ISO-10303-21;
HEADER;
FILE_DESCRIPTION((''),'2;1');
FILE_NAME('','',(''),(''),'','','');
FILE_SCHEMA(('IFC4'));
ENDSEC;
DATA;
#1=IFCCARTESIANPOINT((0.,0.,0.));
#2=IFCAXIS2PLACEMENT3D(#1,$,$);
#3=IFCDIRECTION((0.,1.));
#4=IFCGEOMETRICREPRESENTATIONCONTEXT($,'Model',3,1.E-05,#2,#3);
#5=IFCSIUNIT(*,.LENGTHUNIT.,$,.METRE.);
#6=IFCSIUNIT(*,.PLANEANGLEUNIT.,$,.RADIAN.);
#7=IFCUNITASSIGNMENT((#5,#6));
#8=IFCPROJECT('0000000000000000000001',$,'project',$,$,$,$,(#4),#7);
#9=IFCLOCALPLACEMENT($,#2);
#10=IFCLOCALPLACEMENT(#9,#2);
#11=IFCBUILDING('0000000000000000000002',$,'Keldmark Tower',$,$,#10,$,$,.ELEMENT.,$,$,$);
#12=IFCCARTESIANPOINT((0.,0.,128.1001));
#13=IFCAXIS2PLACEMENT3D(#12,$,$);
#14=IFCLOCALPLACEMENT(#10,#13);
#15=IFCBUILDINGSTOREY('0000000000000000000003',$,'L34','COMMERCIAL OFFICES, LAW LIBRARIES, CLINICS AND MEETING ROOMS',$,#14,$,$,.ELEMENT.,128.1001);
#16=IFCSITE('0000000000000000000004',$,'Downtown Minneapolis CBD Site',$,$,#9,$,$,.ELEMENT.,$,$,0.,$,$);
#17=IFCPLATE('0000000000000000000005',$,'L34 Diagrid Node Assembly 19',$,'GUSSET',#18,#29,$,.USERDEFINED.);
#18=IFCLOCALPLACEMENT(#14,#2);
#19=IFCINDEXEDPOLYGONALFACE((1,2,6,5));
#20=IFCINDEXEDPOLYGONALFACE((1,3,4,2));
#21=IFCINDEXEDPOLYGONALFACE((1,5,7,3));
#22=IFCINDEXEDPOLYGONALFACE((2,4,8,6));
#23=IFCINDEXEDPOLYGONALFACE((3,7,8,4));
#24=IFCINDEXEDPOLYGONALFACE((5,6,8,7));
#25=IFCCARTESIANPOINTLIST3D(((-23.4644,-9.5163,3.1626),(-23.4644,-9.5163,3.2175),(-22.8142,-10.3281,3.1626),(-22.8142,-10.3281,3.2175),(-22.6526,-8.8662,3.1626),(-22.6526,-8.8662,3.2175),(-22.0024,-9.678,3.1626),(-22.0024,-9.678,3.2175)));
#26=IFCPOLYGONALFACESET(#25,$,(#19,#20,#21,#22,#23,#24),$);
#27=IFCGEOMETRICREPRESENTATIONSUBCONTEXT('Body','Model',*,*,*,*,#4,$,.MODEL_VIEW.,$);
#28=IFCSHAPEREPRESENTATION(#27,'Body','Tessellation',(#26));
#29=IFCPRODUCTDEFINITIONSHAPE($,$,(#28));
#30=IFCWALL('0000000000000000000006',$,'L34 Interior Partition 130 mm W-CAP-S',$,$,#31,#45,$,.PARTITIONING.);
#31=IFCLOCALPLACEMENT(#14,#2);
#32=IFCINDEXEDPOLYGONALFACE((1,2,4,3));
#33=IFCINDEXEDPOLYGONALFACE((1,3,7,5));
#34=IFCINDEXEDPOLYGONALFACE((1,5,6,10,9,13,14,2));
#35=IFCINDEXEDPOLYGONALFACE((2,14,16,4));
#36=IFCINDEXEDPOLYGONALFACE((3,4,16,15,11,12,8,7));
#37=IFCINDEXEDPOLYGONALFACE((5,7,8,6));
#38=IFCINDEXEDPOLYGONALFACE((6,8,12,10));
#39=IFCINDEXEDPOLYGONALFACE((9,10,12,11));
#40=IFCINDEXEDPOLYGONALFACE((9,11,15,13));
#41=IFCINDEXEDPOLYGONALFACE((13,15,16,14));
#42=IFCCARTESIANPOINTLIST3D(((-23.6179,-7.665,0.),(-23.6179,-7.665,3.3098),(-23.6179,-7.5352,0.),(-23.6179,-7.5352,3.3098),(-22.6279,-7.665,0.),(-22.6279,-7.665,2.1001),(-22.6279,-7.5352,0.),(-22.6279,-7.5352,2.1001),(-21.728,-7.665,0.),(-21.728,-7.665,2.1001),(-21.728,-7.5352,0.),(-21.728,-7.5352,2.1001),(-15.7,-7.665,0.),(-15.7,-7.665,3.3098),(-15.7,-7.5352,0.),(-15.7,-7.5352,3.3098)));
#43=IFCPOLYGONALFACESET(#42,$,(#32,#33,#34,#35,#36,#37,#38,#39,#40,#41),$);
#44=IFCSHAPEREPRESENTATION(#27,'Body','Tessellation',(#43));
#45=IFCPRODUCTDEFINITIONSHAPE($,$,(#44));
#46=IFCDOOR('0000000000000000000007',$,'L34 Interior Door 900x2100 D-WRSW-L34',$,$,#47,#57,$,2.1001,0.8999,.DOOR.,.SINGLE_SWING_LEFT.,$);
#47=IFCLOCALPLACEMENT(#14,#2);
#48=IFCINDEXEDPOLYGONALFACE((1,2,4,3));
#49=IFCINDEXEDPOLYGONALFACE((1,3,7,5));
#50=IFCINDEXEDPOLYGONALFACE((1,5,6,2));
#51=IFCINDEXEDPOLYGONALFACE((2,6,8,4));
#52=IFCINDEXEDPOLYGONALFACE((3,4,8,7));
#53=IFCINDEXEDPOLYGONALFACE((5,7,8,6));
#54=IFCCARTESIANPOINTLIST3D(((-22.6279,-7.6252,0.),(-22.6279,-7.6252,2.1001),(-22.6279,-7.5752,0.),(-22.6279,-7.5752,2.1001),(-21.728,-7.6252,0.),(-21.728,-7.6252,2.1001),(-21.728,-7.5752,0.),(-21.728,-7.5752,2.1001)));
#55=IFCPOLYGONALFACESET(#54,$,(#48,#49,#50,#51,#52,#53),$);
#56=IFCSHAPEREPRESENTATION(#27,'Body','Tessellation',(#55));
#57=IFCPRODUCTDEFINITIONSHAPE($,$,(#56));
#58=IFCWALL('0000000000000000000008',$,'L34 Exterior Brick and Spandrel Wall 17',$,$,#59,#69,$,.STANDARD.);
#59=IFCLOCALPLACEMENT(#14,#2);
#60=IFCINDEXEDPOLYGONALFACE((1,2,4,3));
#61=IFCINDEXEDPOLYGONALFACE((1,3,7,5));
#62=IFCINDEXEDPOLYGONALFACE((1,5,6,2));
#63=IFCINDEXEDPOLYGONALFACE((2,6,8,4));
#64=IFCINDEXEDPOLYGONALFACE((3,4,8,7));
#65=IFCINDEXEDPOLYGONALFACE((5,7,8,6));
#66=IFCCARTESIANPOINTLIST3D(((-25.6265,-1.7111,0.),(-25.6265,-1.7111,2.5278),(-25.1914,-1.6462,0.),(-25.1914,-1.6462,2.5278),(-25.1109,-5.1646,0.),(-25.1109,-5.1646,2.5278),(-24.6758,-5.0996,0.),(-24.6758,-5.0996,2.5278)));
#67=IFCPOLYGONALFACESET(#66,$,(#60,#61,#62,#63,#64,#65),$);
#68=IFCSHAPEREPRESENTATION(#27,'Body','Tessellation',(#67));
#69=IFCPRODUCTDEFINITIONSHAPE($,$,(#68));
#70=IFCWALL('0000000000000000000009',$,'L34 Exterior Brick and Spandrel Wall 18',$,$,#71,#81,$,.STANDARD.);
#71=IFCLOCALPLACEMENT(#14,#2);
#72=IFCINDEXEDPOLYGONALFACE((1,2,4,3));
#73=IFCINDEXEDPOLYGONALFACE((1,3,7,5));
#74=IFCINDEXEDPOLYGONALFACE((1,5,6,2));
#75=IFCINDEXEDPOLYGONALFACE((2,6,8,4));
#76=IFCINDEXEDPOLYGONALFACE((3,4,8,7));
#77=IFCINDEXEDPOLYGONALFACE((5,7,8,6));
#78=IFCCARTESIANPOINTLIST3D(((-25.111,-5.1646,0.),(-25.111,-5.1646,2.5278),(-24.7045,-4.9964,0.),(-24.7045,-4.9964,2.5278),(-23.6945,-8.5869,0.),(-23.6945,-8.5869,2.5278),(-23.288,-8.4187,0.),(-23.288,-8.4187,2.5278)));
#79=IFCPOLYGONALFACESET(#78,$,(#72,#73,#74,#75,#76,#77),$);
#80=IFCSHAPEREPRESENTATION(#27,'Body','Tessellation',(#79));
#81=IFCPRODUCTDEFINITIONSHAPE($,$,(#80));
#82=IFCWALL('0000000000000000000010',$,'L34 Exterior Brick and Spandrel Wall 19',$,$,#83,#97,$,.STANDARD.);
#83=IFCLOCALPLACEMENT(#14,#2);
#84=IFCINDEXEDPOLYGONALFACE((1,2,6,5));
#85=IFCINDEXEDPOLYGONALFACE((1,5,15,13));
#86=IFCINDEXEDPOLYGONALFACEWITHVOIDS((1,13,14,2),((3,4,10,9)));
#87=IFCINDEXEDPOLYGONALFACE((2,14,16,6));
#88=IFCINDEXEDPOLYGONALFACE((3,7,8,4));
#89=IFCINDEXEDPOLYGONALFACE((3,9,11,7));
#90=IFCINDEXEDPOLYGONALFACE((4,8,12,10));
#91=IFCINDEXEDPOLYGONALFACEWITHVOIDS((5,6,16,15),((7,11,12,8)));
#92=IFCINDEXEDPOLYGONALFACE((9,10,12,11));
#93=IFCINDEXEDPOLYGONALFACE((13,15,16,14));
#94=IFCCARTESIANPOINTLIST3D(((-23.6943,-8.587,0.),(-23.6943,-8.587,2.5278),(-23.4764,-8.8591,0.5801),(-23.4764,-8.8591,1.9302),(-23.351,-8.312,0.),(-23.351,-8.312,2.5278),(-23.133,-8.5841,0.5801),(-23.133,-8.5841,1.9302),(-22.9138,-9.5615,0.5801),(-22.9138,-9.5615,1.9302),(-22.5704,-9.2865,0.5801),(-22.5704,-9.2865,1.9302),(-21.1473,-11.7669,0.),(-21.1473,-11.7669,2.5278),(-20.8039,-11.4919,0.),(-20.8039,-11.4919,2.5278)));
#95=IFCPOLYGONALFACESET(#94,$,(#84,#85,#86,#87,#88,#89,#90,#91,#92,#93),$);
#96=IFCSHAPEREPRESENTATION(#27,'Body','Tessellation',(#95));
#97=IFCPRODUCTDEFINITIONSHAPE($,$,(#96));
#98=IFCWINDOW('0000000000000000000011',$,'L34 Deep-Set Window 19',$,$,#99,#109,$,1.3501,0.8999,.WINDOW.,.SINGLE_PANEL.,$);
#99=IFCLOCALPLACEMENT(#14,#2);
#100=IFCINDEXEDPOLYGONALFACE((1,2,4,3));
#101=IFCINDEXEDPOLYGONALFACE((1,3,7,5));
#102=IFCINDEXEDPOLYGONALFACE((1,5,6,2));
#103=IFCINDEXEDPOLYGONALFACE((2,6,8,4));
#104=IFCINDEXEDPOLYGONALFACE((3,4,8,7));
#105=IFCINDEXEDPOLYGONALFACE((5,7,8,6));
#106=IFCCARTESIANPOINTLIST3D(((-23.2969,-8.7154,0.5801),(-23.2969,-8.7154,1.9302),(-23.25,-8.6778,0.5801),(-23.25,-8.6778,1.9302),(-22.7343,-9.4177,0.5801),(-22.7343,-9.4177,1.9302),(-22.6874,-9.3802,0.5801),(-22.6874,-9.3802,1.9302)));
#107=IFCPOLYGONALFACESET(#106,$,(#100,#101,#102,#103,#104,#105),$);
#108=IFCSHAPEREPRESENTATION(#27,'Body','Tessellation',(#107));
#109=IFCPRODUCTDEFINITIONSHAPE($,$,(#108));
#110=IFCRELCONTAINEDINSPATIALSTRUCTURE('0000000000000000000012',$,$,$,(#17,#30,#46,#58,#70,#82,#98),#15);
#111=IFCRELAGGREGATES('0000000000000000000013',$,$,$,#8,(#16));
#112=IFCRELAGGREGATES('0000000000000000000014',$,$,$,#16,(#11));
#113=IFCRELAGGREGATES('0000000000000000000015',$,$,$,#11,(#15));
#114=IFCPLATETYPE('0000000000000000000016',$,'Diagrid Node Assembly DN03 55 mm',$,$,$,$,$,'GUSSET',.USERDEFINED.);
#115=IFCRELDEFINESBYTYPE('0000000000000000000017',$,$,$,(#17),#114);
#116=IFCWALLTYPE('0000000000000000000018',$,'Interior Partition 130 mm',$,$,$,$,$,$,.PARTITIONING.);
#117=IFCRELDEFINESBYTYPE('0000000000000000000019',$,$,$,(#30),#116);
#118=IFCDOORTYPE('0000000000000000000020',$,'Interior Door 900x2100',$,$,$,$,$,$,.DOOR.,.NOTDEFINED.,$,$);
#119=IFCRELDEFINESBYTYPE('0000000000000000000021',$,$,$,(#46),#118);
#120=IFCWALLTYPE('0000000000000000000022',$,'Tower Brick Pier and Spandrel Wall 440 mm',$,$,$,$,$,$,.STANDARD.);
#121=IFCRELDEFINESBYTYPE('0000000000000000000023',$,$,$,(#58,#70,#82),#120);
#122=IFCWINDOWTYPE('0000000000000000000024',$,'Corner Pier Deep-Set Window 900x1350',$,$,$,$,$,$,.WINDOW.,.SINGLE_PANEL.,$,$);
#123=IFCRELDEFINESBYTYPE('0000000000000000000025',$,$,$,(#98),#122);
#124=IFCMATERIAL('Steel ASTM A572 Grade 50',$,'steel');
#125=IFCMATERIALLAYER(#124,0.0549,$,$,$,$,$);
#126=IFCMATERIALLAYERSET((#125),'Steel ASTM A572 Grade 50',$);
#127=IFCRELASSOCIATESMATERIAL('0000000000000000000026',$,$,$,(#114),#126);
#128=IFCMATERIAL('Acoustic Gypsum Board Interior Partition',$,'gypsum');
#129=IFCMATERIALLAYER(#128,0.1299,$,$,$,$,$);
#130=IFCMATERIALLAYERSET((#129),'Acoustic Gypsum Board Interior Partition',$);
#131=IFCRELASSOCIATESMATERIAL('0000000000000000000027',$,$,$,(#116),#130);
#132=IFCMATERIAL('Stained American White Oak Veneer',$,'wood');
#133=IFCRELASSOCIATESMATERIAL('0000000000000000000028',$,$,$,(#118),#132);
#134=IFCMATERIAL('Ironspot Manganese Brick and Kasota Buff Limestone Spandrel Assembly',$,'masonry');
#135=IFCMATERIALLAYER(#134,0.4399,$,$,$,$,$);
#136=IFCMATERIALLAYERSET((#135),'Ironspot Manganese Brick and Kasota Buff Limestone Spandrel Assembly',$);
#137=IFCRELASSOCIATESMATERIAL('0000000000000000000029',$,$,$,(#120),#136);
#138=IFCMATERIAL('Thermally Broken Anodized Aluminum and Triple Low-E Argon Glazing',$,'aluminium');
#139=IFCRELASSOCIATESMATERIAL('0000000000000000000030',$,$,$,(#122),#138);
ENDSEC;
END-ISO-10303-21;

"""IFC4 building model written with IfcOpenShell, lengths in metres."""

from ifc_helpers import new_model, si_unit, direction, frame, frame_2d, origin, origin_2d, place, context, subcontext, project, spatial, rectangle, extrude, material, layer, layer_set, type_object, element, fill, save


model = new_model("IFC4")

# Units and contexts
model_context = context("Model", 3, precision=1e-05, world=origin(), true_north=direction((0.0, 1.0)))
body_context = subcontext(model_context, "Body", "Model", "MODEL_VIEW")
ifc_project = project(units=[si_unit("LENGTHUNIT", "METRE"), si_unit("PLANEANGLEUNIT", "RADIAN")], contexts=[model_context])

# Site, building, storey
site_placement = place(None, origin())
site = spatial("IfcSite", under=ifc_project, at=site_placement, Name="Downtown Minneapolis CBD Site", CompositionType="ELEMENT", RefElevation=0.0)
building_placement = place(site_placement, origin())
building = spatial("IfcBuilding", under=site, at=building_placement, Name="Keldmark Tower", CompositionType="ELEMENT")
storey_placement = place(building_placement, frame((0.0, 0.0, 128.1001)))
storey = spatial("IfcBuildingStorey", under=building, at=storey_placement, Name="L34", Description="COMMERCIAL OFFICES, LAW LIBRARIES, CLINICS AND MEETING ROOMS", CompositionType="ELEMENT", Elevation=128.1001)

# Plate
ifc_material_1 = material(Name="Steel ASTM A572 Grade 50", Category="steel")
ifc_layer_1 = layer(ifc_material_1, 0.0549)
ifc_layer_set_1 = layer_set([ifc_layer_1], Name="Steel ASTM A572 Grade 50")
plate_type = type_object("IfcPlateType", Name="Diagrid Node Assembly DN03 55 mm", ElementType="GUSSET", PredefinedType="USERDEFINED", material=ifc_layer_set_1)
for number, where, z_axis, x_axis, name in (
    (1, (-22.7334, -9.5972, 3.1626), (0.0, 0.0, 1.0), (0.625106, -0.78054, 0.0), "L34 Diagrid Node Assembly 19"),
):
    element("IfcPlate", number, at=place(storey_placement, frame(where, z_axis=z_axis, x_axis=x_axis)), inside=storey, type_object=plate_type, Name=name, ObjectType="GUSSET", PredefinedType="USERDEFINED", context=body_context, shape_type="SweptSolid", body=[
        extrude(rectangle(XDim=1.04, YDim=1.04, at=origin_2d()), origin(), (0.0, 0.0, 1.0), 0.0549),
    ])

# Wall, opening, door
ifc_material_2 = material(Name="Acoustic Gypsum Board Interior Partition", Category="gypsum")
ifc_layer_2 = layer(ifc_material_2, 0.1299)
ifc_layer_set_2 = layer_set([ifc_layer_2], Name="Acoustic Gypsum Board Interior Partition")
wall_type_1 = type_object("IfcWallType", Name="Interior Partition 130 mm", PredefinedType="PARTITIONING", material=ifc_layer_set_2)
wall_1_placement = place(storey_placement, frame((-23.6179, -7.6001, 0.0), z_axis=(0.0, 0.0, 1.0), x_axis=(1.0, 0.0, 0.0)))
wall_1 = element("IfcWall", 2, at=wall_1_placement, inside=storey, type_object=wall_type_1, Name="L34 Interior Partition 130 mm W-CAP-S", PredefinedType="PARTITIONING", context=body_context, shape_type="SweptSolid", body=[
    extrude(rectangle(XDim=7.918, YDim=0.1299, at=frame_2d((3.959, 0.0))), origin(), (0.0, 0.0, 1.0), 3.3098),
])
opening_1_placement = place(wall_1_placement, frame((0.99, 0.0, 0.0)))
opening_1 = element("IfcOpeningElement", 3, at=opening_1_placement, cuts=wall_1, PredefinedType="OPENING", context=body_context, shape_type="SweptSolid", body=[
    extrude(rectangle(XDim=0.8999, YDim=2.1001, at=frame_2d((0.45, 1.05))), frame((0.0, 0.075, 0.0), z_axis=(0.0, -1.0, 0.0), x_axis=(1.0, 0.0, 0.0)), (0.0, 0.0, 1.0), 0.1499),
])
ifc_material_3 = material(Name="Stained American White Oak Veneer", Category="wood")
door_type = type_object("IfcDoorType", Name="Interior Door 900x2100", OperationType="NOTDEFINED", PredefinedType="DOOR", material=ifc_material_3)
door_placement = place(opening_1_placement, origin())
door = element("IfcDoor", 4, at=door_placement, inside=storey, type_object=door_type, Name="L34 Interior Door 900x2100 D-WRSW-L34", OperationType="SINGLE_SWING_LEFT", OverallHeight=2.1001, OverallWidth=0.8999, PredefinedType="DOOR", context=body_context, shape_type="SweptSolid", body=[
    extrude(rectangle(XDim=0.8999, YDim=2.1001, at=frame_2d((0.45, 1.05))), frame((0.0, 0.0249, 0.0), z_axis=(0.0, -1.0, 0.0), x_axis=(1.0, 0.0, 0.0)), (0.0, 0.0, 1.0), 0.05),
])
fill(opening_1, door)

# Walls
ifc_material_4 = material(Name="Ironspot Manganese Brick and Kasota Buff Limestone Spandrel Assembly", Category="masonry")
ifc_layer_3 = layer(ifc_material_4, 0.4399)
ifc_layer_set_3 = layer_set([ifc_layer_3], Name="Ironspot Manganese Brick and Kasota Buff Limestone Spandrel Assembly")
wall_type_2 = type_object("IfcWallType", Name="Tower Brick Pier and Spandrel Wall 440 mm", PredefinedType="STANDARD", material=ifc_layer_set_3)
wall_2_placement = place(storey_placement, frame((-24.8933, -5.1321, 0.0), z_axis=(0.0, 0.0, 1.0), x_axis=(-0.147674, 0.989036, 0.0)))
element("IfcWall", 5, at=wall_2_placement, inside=storey, type_object=wall_type_2, Name="L34 Exterior Brick and Spandrel Wall 17", PredefinedType="STANDARD", context=body_context, shape_type="SweptSolid", body=[
    extrude(rectangle(XDim=3.4917, YDim=0.4399, at=frame_2d((1.7458, 0.0))), origin(), (0.0, 0.0, 1.0), 2.5278),
])
wall_3_placement = place(storey_placement, frame((-23.4912, -8.5029, 0.0), z_axis=(0.0, 0.0, 1.0), x_axis=(-0.382433, 0.923983, 0.0)))
element("IfcWall", 6, at=wall_3_placement, inside=storey, type_object=wall_type_2, Name="L34 Exterior Brick and Spandrel Wall 18", PredefinedType="STANDARD", context=body_context, shape_type="SweptSolid", body=[
    extrude(rectangle(XDim=3.7039, YDim=0.4399, at=frame_2d((1.8521, 0.0))), origin(), (0.0, 0.0, 1.0), 2.5278),
])

# Wall, opening, window
wall_4_placement = place(storey_placement, frame((-20.9756, -11.6294, 0.0), z_axis=(0.0, 0.0, 1.0), x_axis=(-0.62517, 0.780489, 0.0)))
wall_4 = element("IfcWall", 7, at=wall_4_placement, inside=storey, type_object=wall_type_2, Name="L34 Exterior Brick and Spandrel Wall 19", PredefinedType="STANDARD", context=body_context, shape_type="SweptSolid", body=[
    extrude(rectangle(XDim=4.0742, YDim=0.4399, at=frame_2d((2.0371, 0.0))), origin(), (0.0, 0.0, 1.0), 2.5278),
])
opening_2_placement = place(wall_4_placement, frame((2.8257, 0.0, 0.5801)))
opening_2 = element("IfcOpeningElement", 8, at=opening_2_placement, cuts=wall_4, PredefinedType="OPENING", context=body_context, shape_type="SweptSolid", body=[
    extrude(rectangle(XDim=0.8999, YDim=1.3501, at=frame_2d((0.45, 0.675))), frame((0.0, 0.23, 0.0), z_axis=(0.0, -1.0, 0.0), x_axis=(1.0, 0.0, 0.0)), (0.0, 0.0, 1.0), 0.46),
])
ifc_material_5 = material(Name="Thermally Broken Anodized Aluminum and Triple Low-E Argon Glazing", Category="aluminium")
window_type = type_object("IfcWindowType", Name="Corner Pier Deep-Set Window 900x1350", PartitioningType="SINGLE_PANEL", PredefinedType="WINDOW", material=ifc_material_5)
window_placement = place(opening_2_placement, origin())
window = element("IfcWindow", 9, at=window_placement, inside=storey, type_object=window_type, Name="L34 Deep-Set Window 19", OverallHeight=1.3501, OverallWidth=0.8999, PartitioningType="SINGLE_PANEL", PredefinedType="WINDOW", context=body_context, shape_type="SweptSolid", body=[
    extrude(rectangle(XDim=0.8999, YDim=1.3501, at=frame_2d((0.45, 0.675))), frame((0.0, -0.01, 0.0), z_axis=(0.0, -1.0, 0.0), x_axis=(1.0, 0.0, 0.0)), (0.0, 0.0, 1.0), 0.0601),
])
fill(opening_2, window)

save(model, "model.ifc")
